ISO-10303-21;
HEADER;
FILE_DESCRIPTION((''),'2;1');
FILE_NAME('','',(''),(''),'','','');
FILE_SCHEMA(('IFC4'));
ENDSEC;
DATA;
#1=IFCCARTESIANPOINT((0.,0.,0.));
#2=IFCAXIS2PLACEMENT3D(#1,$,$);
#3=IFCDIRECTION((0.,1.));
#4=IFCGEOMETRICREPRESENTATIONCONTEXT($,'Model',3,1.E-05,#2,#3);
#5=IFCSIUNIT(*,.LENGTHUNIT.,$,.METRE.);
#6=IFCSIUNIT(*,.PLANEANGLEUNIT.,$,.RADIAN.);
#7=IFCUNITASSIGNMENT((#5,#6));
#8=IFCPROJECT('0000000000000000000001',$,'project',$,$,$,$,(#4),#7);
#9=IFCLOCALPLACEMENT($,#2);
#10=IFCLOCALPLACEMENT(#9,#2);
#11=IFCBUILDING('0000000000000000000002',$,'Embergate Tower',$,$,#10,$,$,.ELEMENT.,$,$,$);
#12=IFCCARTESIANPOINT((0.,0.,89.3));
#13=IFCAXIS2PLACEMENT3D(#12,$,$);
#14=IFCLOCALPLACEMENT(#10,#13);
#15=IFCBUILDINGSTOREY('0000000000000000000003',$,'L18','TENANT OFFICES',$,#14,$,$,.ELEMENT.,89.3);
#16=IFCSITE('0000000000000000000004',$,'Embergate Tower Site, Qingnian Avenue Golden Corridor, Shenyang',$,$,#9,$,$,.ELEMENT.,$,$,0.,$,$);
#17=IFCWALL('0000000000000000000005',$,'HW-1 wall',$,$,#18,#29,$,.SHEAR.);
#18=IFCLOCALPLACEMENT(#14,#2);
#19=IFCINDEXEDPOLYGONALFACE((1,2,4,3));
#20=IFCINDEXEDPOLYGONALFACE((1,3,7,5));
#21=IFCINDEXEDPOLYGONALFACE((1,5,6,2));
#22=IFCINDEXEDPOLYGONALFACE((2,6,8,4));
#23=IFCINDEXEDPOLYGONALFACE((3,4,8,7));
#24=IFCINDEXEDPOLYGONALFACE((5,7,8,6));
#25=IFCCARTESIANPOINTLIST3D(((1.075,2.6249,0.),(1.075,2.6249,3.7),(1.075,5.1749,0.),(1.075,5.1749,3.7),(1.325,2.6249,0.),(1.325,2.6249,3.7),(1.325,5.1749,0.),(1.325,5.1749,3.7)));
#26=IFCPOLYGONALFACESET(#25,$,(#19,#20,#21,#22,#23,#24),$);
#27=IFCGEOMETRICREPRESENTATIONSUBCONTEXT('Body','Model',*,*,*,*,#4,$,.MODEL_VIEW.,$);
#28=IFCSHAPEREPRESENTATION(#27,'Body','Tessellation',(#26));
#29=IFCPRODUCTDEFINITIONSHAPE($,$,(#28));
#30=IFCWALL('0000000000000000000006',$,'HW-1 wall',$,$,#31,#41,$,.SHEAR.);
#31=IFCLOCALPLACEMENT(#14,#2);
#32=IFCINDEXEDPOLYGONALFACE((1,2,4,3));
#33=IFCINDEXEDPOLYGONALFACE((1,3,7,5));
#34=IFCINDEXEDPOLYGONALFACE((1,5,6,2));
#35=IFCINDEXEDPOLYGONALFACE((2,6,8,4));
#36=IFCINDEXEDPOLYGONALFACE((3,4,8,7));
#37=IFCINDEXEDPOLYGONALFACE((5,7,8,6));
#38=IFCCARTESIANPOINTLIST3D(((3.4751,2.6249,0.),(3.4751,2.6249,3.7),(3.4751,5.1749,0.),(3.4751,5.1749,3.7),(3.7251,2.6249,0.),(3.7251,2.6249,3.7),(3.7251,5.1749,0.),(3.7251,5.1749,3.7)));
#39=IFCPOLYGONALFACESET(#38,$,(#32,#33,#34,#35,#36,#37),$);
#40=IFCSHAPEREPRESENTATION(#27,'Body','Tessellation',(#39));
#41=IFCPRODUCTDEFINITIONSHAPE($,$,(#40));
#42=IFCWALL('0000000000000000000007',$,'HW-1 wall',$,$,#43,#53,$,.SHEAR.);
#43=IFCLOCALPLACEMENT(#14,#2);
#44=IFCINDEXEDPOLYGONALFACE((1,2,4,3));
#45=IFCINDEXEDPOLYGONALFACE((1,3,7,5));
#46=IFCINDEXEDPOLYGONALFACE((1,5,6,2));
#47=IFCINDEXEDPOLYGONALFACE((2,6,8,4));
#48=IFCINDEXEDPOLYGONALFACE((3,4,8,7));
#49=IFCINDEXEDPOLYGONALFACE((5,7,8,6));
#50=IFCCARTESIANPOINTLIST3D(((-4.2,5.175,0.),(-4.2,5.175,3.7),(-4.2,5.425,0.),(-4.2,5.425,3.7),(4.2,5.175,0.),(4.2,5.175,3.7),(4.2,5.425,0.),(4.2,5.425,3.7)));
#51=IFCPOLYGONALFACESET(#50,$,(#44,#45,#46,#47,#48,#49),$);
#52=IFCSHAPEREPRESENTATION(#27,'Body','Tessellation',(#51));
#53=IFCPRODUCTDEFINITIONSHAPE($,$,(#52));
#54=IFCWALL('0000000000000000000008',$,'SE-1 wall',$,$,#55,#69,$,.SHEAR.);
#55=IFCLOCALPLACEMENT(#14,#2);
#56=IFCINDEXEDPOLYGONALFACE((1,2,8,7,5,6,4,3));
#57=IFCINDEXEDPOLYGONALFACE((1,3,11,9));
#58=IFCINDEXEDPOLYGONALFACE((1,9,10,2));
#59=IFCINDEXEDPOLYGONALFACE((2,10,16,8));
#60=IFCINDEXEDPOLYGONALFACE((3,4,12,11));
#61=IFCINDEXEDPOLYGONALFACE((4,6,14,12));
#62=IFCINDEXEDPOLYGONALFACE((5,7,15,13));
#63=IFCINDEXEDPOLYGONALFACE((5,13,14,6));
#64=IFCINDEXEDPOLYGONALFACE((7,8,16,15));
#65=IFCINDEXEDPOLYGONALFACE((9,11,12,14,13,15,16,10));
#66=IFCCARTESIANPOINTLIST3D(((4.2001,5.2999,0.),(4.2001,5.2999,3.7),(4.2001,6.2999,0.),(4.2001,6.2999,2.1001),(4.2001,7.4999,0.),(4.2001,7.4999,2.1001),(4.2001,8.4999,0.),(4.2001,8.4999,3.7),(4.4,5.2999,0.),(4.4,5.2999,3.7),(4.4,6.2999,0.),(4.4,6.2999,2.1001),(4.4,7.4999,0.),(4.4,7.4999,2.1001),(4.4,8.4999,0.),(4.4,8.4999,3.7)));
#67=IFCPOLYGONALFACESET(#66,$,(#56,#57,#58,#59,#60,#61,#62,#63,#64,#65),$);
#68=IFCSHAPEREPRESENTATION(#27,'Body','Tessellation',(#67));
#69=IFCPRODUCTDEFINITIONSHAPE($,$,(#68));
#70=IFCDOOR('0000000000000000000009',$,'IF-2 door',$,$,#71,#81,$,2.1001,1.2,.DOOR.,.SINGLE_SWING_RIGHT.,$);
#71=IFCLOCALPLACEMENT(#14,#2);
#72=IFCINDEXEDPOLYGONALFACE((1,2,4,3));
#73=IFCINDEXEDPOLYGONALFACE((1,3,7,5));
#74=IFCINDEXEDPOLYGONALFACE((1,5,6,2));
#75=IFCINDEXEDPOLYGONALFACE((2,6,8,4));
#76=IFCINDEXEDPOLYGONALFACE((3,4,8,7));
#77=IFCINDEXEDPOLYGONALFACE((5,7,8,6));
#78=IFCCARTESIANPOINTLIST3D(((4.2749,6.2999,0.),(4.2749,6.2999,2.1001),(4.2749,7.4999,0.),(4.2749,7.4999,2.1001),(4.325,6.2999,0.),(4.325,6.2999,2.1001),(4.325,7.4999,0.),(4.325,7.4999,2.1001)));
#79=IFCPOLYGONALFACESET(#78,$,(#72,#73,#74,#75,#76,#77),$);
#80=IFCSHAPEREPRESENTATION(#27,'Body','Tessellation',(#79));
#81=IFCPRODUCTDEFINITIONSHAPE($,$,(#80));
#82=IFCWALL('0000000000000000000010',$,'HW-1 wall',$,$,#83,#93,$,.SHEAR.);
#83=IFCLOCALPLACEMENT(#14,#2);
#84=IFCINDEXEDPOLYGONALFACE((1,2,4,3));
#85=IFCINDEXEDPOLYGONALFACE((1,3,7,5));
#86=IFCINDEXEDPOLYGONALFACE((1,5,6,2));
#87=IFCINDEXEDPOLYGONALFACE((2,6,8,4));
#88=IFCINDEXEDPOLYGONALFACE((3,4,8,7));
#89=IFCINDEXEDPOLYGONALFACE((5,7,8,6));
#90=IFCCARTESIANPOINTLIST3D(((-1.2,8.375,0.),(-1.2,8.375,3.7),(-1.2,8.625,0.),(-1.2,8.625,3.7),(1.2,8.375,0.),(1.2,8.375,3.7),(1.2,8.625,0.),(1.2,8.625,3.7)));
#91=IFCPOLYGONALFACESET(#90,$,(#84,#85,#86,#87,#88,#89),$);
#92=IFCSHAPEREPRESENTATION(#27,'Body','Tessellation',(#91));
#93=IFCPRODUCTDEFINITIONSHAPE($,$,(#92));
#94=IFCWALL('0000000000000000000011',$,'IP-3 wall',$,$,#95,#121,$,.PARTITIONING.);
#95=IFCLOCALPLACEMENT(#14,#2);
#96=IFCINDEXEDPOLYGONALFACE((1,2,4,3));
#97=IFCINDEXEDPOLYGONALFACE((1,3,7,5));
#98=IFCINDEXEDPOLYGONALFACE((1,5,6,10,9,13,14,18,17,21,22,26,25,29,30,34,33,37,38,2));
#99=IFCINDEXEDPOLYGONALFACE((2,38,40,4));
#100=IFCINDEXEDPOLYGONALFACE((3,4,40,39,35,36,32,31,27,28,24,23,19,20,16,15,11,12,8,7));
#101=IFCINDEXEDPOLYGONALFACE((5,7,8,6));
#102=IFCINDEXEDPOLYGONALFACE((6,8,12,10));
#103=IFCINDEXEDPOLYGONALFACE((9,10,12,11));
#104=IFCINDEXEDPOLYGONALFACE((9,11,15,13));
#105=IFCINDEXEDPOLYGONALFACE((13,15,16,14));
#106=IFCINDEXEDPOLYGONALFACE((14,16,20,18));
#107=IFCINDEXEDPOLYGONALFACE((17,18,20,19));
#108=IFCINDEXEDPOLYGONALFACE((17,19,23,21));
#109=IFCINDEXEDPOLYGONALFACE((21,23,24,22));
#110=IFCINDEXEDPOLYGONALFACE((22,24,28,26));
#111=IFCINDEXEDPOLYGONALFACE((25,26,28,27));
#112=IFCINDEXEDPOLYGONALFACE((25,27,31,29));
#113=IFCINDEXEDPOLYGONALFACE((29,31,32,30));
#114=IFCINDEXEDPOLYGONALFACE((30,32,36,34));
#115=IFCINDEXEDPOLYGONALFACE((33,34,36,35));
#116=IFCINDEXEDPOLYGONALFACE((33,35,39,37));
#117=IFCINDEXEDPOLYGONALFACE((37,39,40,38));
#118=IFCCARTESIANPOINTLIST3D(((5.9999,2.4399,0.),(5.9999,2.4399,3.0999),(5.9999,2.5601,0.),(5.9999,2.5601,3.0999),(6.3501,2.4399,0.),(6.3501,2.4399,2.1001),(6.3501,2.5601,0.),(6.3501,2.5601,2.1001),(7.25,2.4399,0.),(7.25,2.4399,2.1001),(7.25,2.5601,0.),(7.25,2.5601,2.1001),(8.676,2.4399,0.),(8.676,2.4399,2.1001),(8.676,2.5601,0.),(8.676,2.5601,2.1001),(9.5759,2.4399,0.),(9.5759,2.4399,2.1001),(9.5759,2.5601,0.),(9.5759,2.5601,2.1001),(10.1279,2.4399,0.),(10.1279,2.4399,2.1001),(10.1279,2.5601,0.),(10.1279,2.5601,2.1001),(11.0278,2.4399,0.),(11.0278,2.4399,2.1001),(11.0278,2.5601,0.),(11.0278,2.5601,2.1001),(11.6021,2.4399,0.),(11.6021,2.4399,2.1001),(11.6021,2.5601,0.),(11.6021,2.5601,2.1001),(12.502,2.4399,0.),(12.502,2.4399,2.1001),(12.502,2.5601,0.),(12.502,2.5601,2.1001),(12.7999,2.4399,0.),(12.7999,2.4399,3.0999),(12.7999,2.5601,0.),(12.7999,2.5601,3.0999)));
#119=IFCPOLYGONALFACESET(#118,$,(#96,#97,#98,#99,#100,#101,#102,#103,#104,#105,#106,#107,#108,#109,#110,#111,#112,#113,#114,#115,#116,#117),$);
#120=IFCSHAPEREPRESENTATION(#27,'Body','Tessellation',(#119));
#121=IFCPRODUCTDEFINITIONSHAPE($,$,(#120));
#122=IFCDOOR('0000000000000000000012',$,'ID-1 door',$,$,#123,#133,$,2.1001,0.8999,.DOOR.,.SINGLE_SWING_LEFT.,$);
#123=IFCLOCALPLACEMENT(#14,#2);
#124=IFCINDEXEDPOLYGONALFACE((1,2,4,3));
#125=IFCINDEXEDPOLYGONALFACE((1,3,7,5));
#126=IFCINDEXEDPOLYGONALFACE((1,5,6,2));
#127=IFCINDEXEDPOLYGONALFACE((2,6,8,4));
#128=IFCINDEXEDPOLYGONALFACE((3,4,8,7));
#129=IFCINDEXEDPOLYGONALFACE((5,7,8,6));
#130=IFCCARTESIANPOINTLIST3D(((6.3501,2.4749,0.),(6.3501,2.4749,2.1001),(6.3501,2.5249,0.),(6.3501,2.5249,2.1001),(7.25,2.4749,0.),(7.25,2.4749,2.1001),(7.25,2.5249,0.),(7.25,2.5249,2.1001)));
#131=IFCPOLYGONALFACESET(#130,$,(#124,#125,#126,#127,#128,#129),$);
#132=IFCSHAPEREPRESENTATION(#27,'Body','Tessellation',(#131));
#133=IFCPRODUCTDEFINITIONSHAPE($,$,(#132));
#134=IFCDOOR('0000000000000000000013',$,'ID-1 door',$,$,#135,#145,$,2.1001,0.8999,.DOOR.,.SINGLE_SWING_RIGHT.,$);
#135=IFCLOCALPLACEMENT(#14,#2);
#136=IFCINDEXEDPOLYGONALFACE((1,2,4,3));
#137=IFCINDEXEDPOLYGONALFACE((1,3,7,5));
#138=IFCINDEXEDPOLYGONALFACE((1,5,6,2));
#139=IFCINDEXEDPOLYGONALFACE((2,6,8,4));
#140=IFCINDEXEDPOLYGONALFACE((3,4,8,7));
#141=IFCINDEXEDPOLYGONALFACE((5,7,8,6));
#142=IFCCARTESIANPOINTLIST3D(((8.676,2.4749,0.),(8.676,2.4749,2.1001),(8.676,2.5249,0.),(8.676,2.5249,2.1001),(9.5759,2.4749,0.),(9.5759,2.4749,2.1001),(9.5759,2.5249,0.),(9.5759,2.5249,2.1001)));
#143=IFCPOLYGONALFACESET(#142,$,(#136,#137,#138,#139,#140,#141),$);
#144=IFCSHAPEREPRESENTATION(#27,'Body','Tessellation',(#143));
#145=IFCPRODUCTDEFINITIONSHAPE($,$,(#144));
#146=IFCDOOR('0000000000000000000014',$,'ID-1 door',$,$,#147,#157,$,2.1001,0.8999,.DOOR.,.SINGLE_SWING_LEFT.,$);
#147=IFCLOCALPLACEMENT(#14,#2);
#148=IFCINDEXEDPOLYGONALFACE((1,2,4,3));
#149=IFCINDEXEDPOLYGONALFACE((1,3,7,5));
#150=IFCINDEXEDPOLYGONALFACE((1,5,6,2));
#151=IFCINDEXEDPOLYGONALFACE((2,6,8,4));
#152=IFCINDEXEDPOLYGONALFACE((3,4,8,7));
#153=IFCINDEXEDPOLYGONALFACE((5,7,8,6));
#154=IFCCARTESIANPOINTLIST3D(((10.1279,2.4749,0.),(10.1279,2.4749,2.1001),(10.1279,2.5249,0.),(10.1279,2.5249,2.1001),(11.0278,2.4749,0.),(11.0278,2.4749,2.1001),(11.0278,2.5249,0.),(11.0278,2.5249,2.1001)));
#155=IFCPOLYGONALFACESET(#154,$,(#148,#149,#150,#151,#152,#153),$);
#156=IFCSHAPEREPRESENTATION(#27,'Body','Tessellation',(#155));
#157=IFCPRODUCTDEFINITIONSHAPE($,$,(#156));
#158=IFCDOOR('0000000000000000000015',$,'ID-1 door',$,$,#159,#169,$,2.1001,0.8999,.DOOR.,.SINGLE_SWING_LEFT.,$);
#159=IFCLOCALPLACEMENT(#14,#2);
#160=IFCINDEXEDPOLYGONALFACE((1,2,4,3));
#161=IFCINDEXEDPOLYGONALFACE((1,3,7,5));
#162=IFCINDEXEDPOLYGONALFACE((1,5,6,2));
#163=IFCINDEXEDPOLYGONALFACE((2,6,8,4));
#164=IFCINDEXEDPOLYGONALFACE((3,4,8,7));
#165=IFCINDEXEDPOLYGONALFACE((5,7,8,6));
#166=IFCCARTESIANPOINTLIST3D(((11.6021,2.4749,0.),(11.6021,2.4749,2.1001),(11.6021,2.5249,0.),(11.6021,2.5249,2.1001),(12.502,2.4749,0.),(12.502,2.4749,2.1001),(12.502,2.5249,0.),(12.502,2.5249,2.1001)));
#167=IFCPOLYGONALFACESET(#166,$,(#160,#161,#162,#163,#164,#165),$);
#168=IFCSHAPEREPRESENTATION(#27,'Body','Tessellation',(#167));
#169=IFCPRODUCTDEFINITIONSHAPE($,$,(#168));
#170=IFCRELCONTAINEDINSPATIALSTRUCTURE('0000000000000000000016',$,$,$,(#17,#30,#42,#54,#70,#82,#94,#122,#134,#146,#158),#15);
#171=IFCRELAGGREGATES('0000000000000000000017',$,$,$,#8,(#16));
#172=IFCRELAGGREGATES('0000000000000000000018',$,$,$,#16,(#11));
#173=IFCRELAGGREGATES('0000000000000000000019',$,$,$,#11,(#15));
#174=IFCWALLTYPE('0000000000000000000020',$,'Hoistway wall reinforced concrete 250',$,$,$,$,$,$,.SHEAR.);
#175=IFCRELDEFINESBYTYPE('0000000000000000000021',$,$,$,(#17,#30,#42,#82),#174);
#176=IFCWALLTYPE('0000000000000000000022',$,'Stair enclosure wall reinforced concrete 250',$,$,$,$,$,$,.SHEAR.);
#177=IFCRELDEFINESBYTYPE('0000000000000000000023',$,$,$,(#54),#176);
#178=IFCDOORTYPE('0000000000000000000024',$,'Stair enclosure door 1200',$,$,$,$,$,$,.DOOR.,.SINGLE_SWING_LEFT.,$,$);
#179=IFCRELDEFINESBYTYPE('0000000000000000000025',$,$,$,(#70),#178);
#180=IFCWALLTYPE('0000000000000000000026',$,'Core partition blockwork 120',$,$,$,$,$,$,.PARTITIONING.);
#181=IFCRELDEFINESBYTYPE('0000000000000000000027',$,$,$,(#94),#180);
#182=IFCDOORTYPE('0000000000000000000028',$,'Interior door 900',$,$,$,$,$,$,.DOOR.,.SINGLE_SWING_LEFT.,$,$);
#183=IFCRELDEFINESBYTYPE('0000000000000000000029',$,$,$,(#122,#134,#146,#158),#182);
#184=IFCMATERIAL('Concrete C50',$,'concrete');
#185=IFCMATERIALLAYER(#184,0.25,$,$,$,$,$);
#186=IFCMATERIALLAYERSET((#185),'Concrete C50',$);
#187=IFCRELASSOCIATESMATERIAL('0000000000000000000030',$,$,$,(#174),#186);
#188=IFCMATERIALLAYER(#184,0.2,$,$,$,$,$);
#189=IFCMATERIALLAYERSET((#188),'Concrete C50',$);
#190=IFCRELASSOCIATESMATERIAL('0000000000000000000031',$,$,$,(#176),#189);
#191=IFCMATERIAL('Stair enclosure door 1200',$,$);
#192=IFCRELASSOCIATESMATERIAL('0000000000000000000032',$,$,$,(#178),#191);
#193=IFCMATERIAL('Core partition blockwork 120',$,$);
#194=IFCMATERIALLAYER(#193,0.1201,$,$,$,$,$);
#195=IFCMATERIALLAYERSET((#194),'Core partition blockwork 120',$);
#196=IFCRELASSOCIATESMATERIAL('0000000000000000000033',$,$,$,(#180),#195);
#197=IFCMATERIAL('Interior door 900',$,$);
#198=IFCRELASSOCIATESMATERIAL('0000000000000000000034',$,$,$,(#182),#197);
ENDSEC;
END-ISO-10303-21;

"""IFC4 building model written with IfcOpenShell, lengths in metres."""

from ifc_helpers import new_model, si_unit, direction, frame, frame_2d, origin, place, context, subcontext, project, spatial, rectangle, extrude, source, transform, mapped, material, layer, layer_set, type_object, element, fill, save


model = new_model("IFC4")

# Units and contexts
model_context = context("Model", 3, precision=1e-05, world=origin(), true_north=direction((0.0, 1.0)))
body_context = subcontext(model_context, "Body", "Model", "MODEL_VIEW")
ifc_project = project(units=[si_unit("LENGTHUNIT", "METRE"), si_unit("PLANEANGLEUNIT", "RADIAN")], contexts=[model_context])

# Site, building, storey
site_placement = place(None, origin())
site = spatial("IfcSite", under=ifc_project, at=site_placement, Name="Embergate Tower Site, Qingnian Avenue Golden Corridor, Shenyang", CompositionType="ELEMENT", RefElevation=0.0)
building_placement = place(site_placement, origin())
building = spatial("IfcBuilding", under=site, at=building_placement, Name="Embergate Tower", CompositionType="ELEMENT")
storey_placement = place(building_placement, frame((0.0, 0.0, 89.3)))
storey = spatial("IfcBuildingStorey", under=building, at=storey_placement, Name="L18", Description="TENANT OFFICES", CompositionType="ELEMENT", Elevation=89.3)

# Walls
ifc_material_1 = material(Name="Concrete C50", Category="concrete")
ifc_layer_1 = layer(ifc_material_1, 0.25)
ifc_layer_set_1 = layer_set([ifc_layer_1], Name="Concrete C50")
wall_type_1 = type_object("IfcWallType", Name="Hoistway wall reinforced concrete 250", PredefinedType="SHEAR", material=ifc_layer_set_1)
shared_shape_1 = source(origin(), body_context, "Body", "SweptSolid", [
    extrude(rectangle(XDim=2.55, YDim=0.25, at=frame_2d((1.2749, 0.0))), origin(), (0.0, 0.0, 1.0), 3.7),
])
for number, where, z_axis, x_axis, name in (
    (1, (1.2, 2.625, 0.0), (0.0, 0.0, 1.0), (0.0, 1.0, 0.0), "HW-1 wall"),
    (2, (3.6001, 2.625, 0.0), (0.0, 0.0, 1.0), (0.0, 1.0, 0.0), "HW-1 wall"),
):
    element("IfcWall", number, at=place(storey_placement, frame(where, z_axis=z_axis, x_axis=x_axis)), inside=storey, type_object=wall_type_1, Name=name, PredefinedType="SHEAR", context=body_context, shape_type="MappedRepresentation", body=[
        mapped(shared_shape_1, transform((0.0, 0.0, 0.0))),
    ])
shared_shape_2 = source(origin(), body_context, "Body", "SweptSolid", [
    extrude(rectangle(XDim=8.3999, YDim=0.25, at=frame_2d((4.2, 0.0))), origin(), (0.0, 0.0, 1.0), 3.7),
])
wall_1_placement = place(storey_placement, frame((4.2, 5.3, 0.0), z_axis=(0.0, 0.0, 1.0), x_axis=(-1.0, 0.0, 0.0)))
element("IfcWall", 3, at=wall_1_placement, inside=storey, type_object=wall_type_1, Name="HW-1 wall", PredefinedType="SHEAR", context=body_context, shape_type="MappedRepresentation", body=[
    mapped(shared_shape_2, transform((0.0, 0.0, 0.0))),
])

# Wall, opening, door
ifc_layer_2 = layer(ifc_material_1, 0.2)
ifc_layer_set_2 = layer_set([ifc_layer_2], Name="Concrete C50")
wall_type_2 = type_object("IfcWallType", Name="Stair enclosure wall reinforced concrete 250", PredefinedType="SHEAR", material=ifc_layer_set_2)
shared_shape_3 = source(origin(), body_context, "Body", "SweptSolid", [
    extrude(rectangle(XDim=3.2, YDim=0.2, at=frame_2d((1.6001, 0.0))), origin(), (0.0, 0.0, 1.0), 3.7),
])
wall_2_placement = place(storey_placement, frame((4.3, 8.5, 0.0), z_axis=(0.0, 0.0, 1.0), x_axis=(0.0, -1.0, 0.0)))
wall_2 = element("IfcWall", 4, at=wall_2_placement, inside=storey, type_object=wall_type_2, Name="SE-1 wall", PredefinedType="SHEAR", context=body_context, shape_type="MappedRepresentation", body=[
    mapped(shared_shape_3, transform((0.0, 0.0, 0.0))),
])
shared_shape_4 = source(origin(), body_context, "Body", "SweptSolid", [
    extrude(rectangle(XDim=1.2, YDim=2.1001, at=frame_2d((0.6001, 1.05))), frame((0.0, 0.1099, 0.0), z_axis=(0.0, -1.0, 0.0), x_axis=(1.0, 0.0, 0.0)), (0.0, 0.0, 1.0), 0.22),
])
opening_1_placement = place(wall_2_placement, frame((1.0, 0.0, 0.0)))
opening_1 = element("IfcOpeningElement", 5, at=opening_1_placement, cuts=wall_2, PredefinedType="OPENING", context=body_context, shape_type="MappedRepresentation", body=[
    mapped(shared_shape_4, transform((0.0, 0.0, 0.0))),
])
ifc_material_2 = material(Name="Stair enclosure door 1200")
door_type_1 = type_object("IfcDoorType", Name="Stair enclosure door 1200", OperationType="SINGLE_SWING_LEFT", PredefinedType="DOOR", material=ifc_material_2)
shared_shape_5 = source(origin(), body_context, "Body", "SweptSolid", [
    extrude(rectangle(XDim=1.2, YDim=2.1001, at=frame_2d((0.6001, 1.05))), frame((0.0, 0.0249, 0.0), z_axis=(0.0, -1.0, 0.0), x_axis=(1.0, 0.0, 0.0)), (0.0, 0.0, 1.0), 0.05),
])
door_1_placement = place(opening_1_placement, origin())
door_1 = element("IfcDoor", 6, at=door_1_placement, inside=storey, type_object=door_type_1, Name="IF-2 door", OperationType="SINGLE_SWING_RIGHT", OverallHeight=2.1001, OverallWidth=1.2, PredefinedType="DOOR", context=body_context, shape_type="MappedRepresentation", body=[
    mapped(shared_shape_5, transform((0.0, 0.0, 0.0))),
])
fill(opening_1, door_1)

# Wall
shared_shape_6 = source(origin(), body_context, "Body", "SweptSolid", [
    extrude(rectangle(XDim=2.3999, YDim=0.25, at=frame_2d((1.2, 0.0))), origin(), (0.0, 0.0, 1.0), 3.7),
])
wall_3_placement = place(storey_placement, frame((1.2, 8.5, 0.0), z_axis=(0.0, 0.0, 1.0), x_axis=(-1.0, 0.0, 0.0)))
element("IfcWall", 7, at=wall_3_placement, inside=storey, type_object=wall_type_1, Name="HW-1 wall", PredefinedType="SHEAR", context=body_context, shape_type="MappedRepresentation", body=[
    mapped(shared_shape_6, transform((0.0, 0.0, 0.0))),
])

# Wall, openings, doors
ifc_material_3 = material(Name="Core partition blockwork 120")
ifc_layer_3 = layer(ifc_material_3, 0.1201)
ifc_layer_set_3 = layer_set([ifc_layer_3], Name="Core partition blockwork 120")
wall_type_3 = type_object("IfcWallType", Name="Core partition blockwork 120", PredefinedType="PARTITIONING", material=ifc_layer_set_3)
shared_shape_7 = source(origin(), body_context, "Body", "SweptSolid", [
    extrude(rectangle(XDim=6.8, YDim=0.1201, at=frame_2d((3.3999, 0.0))), origin(), (0.0, 0.0, 1.0), 3.0999),
])
wall_4_placement = place(storey_placement, frame((6.0, 2.5, 0.0), z_axis=(0.0, 0.0, 1.0), x_axis=(1.0, 0.0, 0.0)))
wall_4 = element("IfcWall", 8, at=wall_4_placement, inside=storey, type_object=wall_type_3, Name="IP-3 wall", PredefinedType="PARTITIONING", context=body_context, shape_type="MappedRepresentation", body=[
    mapped(shared_shape_7, transform((0.0, 0.0, 0.0))),
])
shared_shape_8 = source(origin(), body_context, "Body", "SweptSolid", [
    extrude(rectangle(XDim=0.8999, YDim=2.1001, at=frame_2d((0.45, 1.05))), frame((0.0, 0.0701, 0.0), z_axis=(0.0, -1.0, 0.0), x_axis=(1.0, 0.0, 0.0)), (0.0, 0.0, 1.0), 0.1401),
])
opening_2_placement = place(wall_4_placement, frame((0.3501, 0.0, 0.0)))
opening_2 = element("IfcOpeningElement", 9, at=opening_2_placement, cuts=wall_4, PredefinedType="OPENING", context=body_context, shape_type="MappedRepresentation", body=[
    mapped(shared_shape_8, transform((0.0, 0.0, 0.0))),
])
opening_3_placement = place(wall_4_placement, frame((2.676, 0.0, 0.0)))
opening_3 = element("IfcOpeningElement", 10, at=opening_3_placement, cuts=wall_4, PredefinedType="OPENING", context=body_context, shape_type="MappedRepresentation", body=[
    mapped(shared_shape_8, transform((0.0, 0.0, 0.0))),
])
opening_4_placement = place(wall_4_placement, frame((4.1279, 0.0, 0.0)))
opening_4 = element("IfcOpeningElement", 11, at=opening_4_placement, cuts=wall_4, PredefinedType="OPENING", context=body_context, shape_type="MappedRepresentation", body=[
    mapped(shared_shape_8, transform((0.0, 0.0, 0.0))),
])
opening_5_placement = place(wall_4_placement, frame((5.6021, 0.0, 0.0)))
opening_5 = element("IfcOpeningElement", 12, at=opening_5_placement, cuts=wall_4, PredefinedType="OPENING", context=body_context, shape_type="MappedRepresentation", body=[
    mapped(shared_shape_8, transform((0.0, 0.0, 0.0))),
])
ifc_material_4 = material(Name="Interior door 900")
door_type_2 = type_object("IfcDoorType", Name="Interior door 900", OperationType="SINGLE_SWING_LEFT", PredefinedType="DOOR", material=ifc_material_4)
shared_shape_9 = source(origin(), body_context, "Body", "SweptSolid", [
    extrude(rectangle(XDim=0.8999, YDim=2.1001, at=frame_2d((0.45, 1.05))), frame((0.0, 0.0249, 0.0), z_axis=(0.0, -1.0, 0.0), x_axis=(1.0, 0.0, 0.0)), (0.0, 0.0, 1.0), 0.05),
])
door_2_placement = place(opening_2_placement, origin())
door_2 = element("IfcDoor", 13, at=door_2_placement, inside=storey, type_object=door_type_2, Name="ID-1 door", OperationType="SINGLE_SWING_LEFT", OverallHeight=2.1001, OverallWidth=0.8999, PredefinedType="DOOR", context=body_context, shape_type="MappedRepresentation", body=[
    mapped(shared_shape_9, transform((0.0, 0.0, 0.0))),
])
fill(opening_2, door_2)
door_3_placement = place(opening_3_placement, origin())
door_3 = element("IfcDoor", 14, at=door_3_placement, inside=storey, type_object=door_type_2, Name="ID-1 door", OperationType="SINGLE_SWING_RIGHT", OverallHeight=2.1001, OverallWidth=0.8999, PredefinedType="DOOR", context=body_context, shape_type="MappedRepresentation", body=[
    mapped(shared_shape_9, transform((0.0, 0.0, 0.0))),
])
fill(opening_3, door_3)
door_4_placement = place(opening_4_placement, origin())
door_4 = element("IfcDoor", 15, at=door_4_placement, inside=storey, type_object=door_type_2, Name="ID-1 door", OperationType="SINGLE_SWING_LEFT", OverallHeight=2.1001, OverallWidth=0.8999, PredefinedType="DOOR", context=body_context, shape_type="MappedRepresentation", body=[
    mapped(shared_shape_9, transform((0.0, 0.0, 0.0))),
])
fill(opening_4, door_4)
door_5_placement = place(opening_5_placement, origin())
door_5 = element("IfcDoor", 16, at=door_5_placement, inside=storey, type_object=door_type_2, Name="ID-1 door", OperationType="SINGLE_SWING_LEFT", OverallHeight=2.1001, OverallWidth=0.8999, PredefinedType="DOOR", context=body_context, shape_type="MappedRepresentation", body=[
    mapped(shared_shape_9, transform((0.0, 0.0, 0.0))),
])
fill(opening_5, door_5)

save(model, "model.ifc")
